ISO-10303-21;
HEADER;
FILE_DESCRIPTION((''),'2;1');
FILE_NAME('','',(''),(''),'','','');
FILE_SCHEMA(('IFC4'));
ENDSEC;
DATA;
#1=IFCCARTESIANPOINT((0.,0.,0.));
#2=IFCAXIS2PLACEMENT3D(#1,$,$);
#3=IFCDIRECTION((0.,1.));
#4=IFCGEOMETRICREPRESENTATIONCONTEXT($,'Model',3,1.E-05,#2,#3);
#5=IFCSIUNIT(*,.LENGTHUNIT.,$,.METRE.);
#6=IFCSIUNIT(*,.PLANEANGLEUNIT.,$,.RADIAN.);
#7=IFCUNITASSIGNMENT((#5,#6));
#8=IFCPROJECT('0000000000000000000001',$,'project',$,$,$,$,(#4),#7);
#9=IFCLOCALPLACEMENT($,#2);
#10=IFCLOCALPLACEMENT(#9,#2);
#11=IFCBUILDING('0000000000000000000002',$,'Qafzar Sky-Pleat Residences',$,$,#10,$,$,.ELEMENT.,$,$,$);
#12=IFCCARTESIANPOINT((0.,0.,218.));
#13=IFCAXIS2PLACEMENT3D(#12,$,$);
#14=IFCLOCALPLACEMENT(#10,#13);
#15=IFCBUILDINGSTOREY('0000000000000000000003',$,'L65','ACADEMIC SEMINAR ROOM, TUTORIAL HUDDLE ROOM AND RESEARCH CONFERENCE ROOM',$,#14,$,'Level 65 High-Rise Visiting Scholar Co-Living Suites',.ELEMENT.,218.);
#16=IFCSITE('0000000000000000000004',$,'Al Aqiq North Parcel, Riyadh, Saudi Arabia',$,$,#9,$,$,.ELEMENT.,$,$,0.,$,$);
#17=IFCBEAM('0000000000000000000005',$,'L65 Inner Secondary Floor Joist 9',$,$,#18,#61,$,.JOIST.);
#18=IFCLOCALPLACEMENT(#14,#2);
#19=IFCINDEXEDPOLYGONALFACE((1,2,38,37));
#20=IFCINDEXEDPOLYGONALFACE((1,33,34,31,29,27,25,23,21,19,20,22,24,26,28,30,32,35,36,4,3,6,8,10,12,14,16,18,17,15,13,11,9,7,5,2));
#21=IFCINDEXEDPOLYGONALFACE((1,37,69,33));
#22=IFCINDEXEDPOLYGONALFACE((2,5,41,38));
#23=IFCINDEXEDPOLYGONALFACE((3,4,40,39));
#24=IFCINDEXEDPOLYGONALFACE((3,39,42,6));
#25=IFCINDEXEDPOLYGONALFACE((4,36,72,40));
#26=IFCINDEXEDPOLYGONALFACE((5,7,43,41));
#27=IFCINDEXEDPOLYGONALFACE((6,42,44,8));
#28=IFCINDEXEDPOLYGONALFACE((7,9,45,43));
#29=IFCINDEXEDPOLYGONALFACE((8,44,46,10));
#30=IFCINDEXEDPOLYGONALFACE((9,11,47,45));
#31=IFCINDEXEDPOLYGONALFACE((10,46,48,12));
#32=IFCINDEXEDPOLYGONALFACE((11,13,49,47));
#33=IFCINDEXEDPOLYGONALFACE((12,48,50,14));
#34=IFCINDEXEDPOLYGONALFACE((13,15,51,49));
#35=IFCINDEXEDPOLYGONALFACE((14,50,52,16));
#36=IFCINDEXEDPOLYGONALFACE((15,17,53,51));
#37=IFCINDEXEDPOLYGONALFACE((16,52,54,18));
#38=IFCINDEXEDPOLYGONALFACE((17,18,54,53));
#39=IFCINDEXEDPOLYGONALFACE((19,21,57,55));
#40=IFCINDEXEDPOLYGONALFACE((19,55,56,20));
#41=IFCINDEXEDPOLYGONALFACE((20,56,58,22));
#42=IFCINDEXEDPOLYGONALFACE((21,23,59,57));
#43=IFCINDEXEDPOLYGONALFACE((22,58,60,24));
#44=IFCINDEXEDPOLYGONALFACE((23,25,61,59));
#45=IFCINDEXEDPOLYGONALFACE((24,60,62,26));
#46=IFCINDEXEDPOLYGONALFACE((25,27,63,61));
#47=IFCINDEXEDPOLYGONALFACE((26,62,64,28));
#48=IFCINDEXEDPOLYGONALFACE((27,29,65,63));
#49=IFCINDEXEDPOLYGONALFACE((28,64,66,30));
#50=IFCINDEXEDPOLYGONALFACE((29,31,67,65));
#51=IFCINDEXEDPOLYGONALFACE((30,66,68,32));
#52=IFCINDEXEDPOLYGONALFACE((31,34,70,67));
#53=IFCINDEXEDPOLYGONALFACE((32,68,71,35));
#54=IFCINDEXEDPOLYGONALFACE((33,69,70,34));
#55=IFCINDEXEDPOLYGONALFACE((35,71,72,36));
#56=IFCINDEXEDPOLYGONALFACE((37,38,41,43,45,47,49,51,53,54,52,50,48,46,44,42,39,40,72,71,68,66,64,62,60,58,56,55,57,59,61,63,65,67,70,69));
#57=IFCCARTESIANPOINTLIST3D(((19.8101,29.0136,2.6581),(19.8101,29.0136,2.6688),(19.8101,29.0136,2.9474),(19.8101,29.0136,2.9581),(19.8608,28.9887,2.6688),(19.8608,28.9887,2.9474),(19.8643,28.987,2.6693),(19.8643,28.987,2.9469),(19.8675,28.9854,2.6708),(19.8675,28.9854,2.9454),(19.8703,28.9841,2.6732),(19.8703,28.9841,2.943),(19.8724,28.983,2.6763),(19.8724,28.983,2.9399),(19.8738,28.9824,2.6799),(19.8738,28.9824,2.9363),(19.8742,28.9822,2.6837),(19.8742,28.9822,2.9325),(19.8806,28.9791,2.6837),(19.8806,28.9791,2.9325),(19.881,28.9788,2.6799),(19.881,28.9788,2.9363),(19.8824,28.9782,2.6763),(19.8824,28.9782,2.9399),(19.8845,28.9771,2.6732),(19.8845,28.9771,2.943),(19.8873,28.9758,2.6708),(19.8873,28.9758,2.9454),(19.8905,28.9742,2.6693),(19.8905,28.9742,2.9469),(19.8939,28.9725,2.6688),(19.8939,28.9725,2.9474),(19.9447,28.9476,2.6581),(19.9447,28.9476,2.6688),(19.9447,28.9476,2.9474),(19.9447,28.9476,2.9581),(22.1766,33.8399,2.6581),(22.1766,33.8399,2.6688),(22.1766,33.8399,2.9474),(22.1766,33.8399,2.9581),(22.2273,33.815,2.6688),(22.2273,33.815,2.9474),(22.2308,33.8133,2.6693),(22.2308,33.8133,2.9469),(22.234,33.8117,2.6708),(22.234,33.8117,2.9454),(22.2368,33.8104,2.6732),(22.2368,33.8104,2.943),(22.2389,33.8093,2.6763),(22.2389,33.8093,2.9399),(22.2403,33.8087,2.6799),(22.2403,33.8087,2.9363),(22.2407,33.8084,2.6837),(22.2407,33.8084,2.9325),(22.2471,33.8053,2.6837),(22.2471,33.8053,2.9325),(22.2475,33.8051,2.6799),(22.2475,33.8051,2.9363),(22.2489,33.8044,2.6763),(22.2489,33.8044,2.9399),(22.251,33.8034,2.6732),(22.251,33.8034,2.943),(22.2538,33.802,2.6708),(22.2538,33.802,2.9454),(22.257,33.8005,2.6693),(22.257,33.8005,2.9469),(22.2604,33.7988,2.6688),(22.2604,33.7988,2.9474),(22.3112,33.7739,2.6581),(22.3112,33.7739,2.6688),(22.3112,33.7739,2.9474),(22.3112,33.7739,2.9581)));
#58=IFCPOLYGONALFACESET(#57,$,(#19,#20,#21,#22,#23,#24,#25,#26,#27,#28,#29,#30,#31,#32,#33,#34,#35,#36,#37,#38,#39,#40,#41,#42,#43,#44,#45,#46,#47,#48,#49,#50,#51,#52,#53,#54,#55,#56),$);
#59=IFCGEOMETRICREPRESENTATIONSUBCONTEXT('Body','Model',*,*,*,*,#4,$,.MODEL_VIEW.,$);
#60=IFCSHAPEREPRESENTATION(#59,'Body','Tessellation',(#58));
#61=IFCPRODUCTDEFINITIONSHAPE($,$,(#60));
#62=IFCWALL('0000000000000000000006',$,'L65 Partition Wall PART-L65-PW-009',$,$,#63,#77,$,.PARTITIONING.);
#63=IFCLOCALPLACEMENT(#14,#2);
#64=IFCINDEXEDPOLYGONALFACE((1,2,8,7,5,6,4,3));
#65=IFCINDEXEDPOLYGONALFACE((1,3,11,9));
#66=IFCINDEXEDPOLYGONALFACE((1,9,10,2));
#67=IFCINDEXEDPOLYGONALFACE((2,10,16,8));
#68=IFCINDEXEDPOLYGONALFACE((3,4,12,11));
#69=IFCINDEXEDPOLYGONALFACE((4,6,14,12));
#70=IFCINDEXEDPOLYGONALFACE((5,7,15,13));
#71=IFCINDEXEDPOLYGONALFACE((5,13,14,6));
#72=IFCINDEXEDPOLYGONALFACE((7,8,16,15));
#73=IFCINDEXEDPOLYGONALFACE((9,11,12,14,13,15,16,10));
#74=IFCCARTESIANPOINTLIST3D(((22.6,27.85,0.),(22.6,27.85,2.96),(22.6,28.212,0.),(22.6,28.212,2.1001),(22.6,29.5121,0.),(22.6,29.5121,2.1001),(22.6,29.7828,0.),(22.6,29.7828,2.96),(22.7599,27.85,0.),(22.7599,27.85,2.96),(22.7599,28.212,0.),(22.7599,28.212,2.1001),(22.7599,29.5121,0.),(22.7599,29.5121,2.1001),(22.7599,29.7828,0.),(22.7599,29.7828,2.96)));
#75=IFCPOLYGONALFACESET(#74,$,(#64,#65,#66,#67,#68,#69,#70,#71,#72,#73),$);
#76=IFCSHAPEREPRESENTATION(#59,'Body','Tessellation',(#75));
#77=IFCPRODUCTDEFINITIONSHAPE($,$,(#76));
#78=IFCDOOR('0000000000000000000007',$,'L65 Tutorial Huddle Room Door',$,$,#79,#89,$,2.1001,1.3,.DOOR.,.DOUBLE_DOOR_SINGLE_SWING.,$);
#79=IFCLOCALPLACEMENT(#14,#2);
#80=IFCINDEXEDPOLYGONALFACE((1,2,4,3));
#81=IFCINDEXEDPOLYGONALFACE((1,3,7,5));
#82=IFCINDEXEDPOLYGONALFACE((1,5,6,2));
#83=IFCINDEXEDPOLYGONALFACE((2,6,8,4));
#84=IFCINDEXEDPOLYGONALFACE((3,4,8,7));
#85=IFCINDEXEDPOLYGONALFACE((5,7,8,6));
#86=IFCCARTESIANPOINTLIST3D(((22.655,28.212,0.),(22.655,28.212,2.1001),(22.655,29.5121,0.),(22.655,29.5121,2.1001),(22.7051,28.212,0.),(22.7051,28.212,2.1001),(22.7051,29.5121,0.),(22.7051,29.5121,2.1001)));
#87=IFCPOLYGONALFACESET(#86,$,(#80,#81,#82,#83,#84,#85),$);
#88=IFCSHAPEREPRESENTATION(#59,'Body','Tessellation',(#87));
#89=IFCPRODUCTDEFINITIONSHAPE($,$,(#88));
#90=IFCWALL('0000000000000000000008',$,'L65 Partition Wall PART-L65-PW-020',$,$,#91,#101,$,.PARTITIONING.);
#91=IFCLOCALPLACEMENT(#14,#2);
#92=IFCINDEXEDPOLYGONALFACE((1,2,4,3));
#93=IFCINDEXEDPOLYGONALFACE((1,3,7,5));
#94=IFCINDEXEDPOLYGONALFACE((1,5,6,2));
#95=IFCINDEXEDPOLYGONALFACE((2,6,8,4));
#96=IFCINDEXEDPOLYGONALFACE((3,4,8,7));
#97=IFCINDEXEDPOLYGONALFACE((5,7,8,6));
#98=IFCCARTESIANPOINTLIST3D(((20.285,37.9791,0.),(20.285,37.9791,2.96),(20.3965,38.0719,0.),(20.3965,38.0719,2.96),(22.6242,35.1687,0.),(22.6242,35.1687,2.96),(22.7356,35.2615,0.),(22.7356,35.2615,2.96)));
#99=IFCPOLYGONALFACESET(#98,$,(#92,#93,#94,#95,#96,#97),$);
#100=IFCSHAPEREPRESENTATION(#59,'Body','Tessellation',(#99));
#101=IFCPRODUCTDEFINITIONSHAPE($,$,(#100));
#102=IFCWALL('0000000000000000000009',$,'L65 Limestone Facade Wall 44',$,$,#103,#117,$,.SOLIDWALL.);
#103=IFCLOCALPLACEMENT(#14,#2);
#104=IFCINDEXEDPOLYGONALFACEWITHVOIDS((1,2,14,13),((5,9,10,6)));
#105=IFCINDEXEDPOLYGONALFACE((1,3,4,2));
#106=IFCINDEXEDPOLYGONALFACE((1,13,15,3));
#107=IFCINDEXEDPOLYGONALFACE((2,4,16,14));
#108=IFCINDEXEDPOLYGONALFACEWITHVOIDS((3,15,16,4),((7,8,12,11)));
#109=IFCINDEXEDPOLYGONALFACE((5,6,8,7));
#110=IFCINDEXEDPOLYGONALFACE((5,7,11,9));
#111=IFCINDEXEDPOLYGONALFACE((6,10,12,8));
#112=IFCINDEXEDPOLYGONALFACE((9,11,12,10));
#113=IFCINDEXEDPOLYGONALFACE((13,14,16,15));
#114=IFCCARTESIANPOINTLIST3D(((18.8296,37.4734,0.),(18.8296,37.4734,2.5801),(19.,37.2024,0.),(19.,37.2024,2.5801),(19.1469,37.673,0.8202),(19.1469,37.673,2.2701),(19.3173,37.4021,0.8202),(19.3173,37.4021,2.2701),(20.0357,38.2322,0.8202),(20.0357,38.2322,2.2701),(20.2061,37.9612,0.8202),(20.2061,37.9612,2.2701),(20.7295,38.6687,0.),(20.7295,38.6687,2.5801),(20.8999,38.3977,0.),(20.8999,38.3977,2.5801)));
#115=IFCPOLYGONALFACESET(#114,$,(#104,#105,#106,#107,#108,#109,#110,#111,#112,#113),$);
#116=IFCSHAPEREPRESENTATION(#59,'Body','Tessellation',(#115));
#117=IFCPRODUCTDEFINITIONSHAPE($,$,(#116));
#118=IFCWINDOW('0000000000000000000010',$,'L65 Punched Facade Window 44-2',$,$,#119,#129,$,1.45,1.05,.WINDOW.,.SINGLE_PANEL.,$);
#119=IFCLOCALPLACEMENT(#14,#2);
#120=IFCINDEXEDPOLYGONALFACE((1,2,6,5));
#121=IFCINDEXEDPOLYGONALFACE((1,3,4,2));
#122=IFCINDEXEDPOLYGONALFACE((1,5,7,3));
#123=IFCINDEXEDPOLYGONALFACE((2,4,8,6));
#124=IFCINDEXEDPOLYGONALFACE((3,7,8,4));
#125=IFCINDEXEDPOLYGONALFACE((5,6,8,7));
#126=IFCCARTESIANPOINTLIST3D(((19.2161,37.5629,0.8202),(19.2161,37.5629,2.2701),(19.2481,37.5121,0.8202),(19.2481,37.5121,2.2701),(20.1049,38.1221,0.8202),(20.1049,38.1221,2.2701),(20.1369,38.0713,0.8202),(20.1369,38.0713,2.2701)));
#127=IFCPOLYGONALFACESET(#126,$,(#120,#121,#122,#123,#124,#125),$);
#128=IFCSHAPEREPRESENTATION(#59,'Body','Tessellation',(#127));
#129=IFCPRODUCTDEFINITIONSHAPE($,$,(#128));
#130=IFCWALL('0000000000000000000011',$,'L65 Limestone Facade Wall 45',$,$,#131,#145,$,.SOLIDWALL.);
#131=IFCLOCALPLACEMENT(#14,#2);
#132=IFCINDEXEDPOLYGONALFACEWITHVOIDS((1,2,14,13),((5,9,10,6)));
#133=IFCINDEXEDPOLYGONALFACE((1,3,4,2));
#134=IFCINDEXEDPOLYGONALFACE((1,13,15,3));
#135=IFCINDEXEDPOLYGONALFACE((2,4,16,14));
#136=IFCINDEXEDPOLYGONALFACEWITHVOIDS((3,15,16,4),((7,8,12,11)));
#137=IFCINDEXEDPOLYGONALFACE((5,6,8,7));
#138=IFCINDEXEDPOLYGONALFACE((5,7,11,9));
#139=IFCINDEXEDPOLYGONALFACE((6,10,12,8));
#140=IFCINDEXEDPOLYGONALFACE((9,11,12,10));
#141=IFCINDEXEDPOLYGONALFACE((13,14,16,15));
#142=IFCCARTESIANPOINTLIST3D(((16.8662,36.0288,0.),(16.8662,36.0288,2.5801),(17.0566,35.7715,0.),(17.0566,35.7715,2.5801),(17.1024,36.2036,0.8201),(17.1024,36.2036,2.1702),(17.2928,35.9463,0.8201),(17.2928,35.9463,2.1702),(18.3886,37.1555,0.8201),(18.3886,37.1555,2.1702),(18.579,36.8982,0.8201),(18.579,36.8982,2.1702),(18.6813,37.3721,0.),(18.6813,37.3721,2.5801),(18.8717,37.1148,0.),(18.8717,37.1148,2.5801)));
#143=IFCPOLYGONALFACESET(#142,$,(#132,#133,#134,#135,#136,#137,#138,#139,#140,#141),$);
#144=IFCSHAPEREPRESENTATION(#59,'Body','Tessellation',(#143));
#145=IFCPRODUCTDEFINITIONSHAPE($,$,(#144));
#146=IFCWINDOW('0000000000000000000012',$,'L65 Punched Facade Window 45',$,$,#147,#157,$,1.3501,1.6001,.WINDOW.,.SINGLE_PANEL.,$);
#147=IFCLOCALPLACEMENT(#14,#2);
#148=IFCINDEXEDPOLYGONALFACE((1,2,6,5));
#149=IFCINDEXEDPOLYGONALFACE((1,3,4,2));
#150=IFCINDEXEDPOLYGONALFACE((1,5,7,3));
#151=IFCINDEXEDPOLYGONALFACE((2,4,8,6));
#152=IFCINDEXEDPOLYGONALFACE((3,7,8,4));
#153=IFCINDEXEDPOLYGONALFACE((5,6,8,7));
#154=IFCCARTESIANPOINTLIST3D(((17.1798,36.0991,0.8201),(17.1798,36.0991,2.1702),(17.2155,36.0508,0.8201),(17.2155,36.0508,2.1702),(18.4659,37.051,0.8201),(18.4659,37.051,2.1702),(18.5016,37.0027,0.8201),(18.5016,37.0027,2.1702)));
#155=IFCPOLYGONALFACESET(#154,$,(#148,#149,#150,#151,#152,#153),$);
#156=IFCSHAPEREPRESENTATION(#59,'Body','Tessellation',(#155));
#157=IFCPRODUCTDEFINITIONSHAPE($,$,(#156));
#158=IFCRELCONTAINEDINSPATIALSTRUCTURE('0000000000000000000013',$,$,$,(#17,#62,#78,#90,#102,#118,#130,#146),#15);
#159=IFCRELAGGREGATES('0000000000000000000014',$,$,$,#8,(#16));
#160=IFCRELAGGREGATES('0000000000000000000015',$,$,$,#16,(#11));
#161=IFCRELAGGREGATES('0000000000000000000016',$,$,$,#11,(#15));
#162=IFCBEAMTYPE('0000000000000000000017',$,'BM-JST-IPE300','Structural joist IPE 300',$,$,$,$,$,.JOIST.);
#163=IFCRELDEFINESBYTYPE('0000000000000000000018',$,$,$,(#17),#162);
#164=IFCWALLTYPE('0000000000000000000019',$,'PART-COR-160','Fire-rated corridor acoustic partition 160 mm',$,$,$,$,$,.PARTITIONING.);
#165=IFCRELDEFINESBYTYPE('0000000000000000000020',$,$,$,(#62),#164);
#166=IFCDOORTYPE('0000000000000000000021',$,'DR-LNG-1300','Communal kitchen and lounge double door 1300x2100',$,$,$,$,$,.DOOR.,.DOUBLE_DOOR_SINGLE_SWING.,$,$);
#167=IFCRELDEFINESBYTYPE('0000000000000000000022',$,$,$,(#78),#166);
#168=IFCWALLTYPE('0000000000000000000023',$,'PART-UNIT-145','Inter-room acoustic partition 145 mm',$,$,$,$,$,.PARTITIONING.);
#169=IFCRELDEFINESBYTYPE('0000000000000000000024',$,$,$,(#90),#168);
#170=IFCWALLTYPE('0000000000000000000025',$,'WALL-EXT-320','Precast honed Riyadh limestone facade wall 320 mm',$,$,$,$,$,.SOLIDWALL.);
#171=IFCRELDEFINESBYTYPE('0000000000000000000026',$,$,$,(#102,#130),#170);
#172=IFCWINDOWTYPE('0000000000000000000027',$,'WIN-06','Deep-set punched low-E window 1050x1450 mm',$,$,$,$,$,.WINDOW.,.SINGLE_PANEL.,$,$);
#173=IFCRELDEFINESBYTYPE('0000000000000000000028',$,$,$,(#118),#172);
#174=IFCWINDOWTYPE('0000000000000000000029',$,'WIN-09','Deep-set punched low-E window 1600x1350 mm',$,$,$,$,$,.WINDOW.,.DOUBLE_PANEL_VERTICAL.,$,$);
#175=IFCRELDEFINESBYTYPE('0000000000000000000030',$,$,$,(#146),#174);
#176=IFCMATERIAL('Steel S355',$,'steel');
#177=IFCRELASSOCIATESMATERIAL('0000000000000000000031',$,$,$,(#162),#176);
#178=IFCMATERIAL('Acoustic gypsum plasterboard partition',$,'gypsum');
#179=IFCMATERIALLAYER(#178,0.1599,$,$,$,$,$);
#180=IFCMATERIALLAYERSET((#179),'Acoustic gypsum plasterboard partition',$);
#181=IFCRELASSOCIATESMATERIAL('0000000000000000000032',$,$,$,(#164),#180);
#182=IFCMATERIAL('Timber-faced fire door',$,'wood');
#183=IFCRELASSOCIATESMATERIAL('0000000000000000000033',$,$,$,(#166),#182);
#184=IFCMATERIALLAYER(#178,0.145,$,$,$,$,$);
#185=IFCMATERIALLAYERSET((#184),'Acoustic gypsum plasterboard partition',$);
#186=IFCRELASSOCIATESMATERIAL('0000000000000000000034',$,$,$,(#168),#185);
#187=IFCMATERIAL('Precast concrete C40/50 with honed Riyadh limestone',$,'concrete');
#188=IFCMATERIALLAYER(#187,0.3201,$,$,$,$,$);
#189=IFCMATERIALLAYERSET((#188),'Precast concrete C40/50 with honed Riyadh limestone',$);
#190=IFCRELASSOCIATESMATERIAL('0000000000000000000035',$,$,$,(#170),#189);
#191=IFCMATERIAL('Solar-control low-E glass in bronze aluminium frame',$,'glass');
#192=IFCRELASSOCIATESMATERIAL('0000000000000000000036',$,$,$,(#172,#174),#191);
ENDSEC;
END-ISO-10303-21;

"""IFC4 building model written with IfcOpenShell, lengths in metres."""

from ifc_helpers import new_model, si_unit, direction, frame, frame_2d, origin, origin_2d, place, context, subcontext, project, spatial, rectangle, i_section, extrude, source, transform, mapped, material, layer, layer_set, material_profile, profile_set, type_object, element, fill, save


model = new_model("IFC4")

# Units and contexts
model_context = context("Model", 3, precision=1e-05, world=origin(), true_north=direction((0.0, 1.0)))
body_context = subcontext(model_context, "Body", "Model", "MODEL_VIEW")
ifc_project = project(units=[si_unit("LENGTHUNIT", "METRE"), si_unit("PLANEANGLEUNIT", "RADIAN")], contexts=[model_context])

# Site, building, storey
site_placement = place(None, origin())
site = spatial("IfcSite", under=ifc_project, at=site_placement, Name="Al Aqiq North Parcel, Riyadh, Saudi Arabia", CompositionType="ELEMENT", RefElevation=0.0)
building_placement = place(site_placement, origin())
building = spatial("IfcBuilding", under=site, at=building_placement, Name="Qafzar Sky-Pleat Residences", CompositionType="ELEMENT")
storey_placement = place(building_placement, frame((0.0, 0.0, 218.0)))
storey = spatial("IfcBuildingStorey", under=building, at=storey_placement, Name="L65", Description="ACADEMIC SEMINAR ROOM, TUTORIAL HUDDLE ROOM AND RESEARCH CONFERENCE ROOM", LongName="Level 65 High-Rise Visiting Scholar Co-Living Suites", CompositionType="ELEMENT", Elevation=218.0)

# Beam
ifc_material_1 = material(Name="Steel S355", Category="steel")
ifc_material_profile_1 = material_profile(ifc_material_1, i_section(OverallWidth=0.1499, OverallDepth=0.3, WebThickness=0.0071, FlangeThickness=0.0107, FilletRadius=0.0149, at=origin_2d()), Name="IPE 300")
ifc_profile_set_1 = profile_set([ifc_material_profile_1], Name="Steel S355")
beam_type_1 = type_object("IfcBeamType", Name="BM-JST-IPE300", Description="Structural joist IPE 300", PredefinedType="JOIST", material=ifc_profile_set_1)
shared_shape_1 = source(origin(), body_context, "Body", "SweptSolid", [
    extrude(i_section(OverallWidth=0.1499, OverallDepth=0.3, WebThickness=0.0071, FlangeThickness=0.0107, FilletRadius=0.0149, at=origin_2d()), origin(), (0.0, 0.0, 1.0), 5.3752),
])
beam_1_placement = place(storey_placement, frame((22.2439, 33.8069, 2.8081), z_axis=(-0.44026, -0.89787, 0.0), x_axis=(0.89787, -0.44026, 0.0)))
element("IfcBeam", 1, at=beam_1_placement, inside=storey, type_object=beam_type_1, Name="L65 Inner Secondary Floor Joist 9", PredefinedType="JOIST", context=body_context, shape_type="MappedRepresentation", body=[
    mapped(shared_shape_1, transform((0.0, 0.0, 0.0), x_axis=(1.0, 0.0, 0.0), y_axis=(0.0, 1.0, 0.0), z_axis=(0.0, 0.0, 1.0), scale=1.0)),
])

# Wall, opening, door
ifc_material_2 = material(Name="Acoustic gypsum plasterboard partition", Category="gypsum")
ifc_layer_1 = layer(ifc_material_2, 0.1599)
ifc_layer_set_1 = layer_set([ifc_layer_1], Name="Acoustic gypsum plasterboard partition")
wall_type_1 = type_object("IfcWallType", Name="PART-COR-160", Description="Fire-rated corridor acoustic partition 160 mm", PredefinedType="PARTITIONING", material=ifc_layer_set_1)
wall_1_placement = place(storey_placement, frame((22.6799, 27.8501, 0.0), z_axis=(0.0, 0.0, 1.0), x_axis=(0.0, 1.0, 0.0)))
wall_1 = element("IfcWall", 2, at=wall_1_placement, inside=storey, type_object=wall_type_1, Name="L65 Partition Wall PART-L65-PW-009", PredefinedType="PARTITIONING", context=body_context, shape_type="SweptSolid", body=[
    extrude(rectangle(XDim=1.9329, YDim=0.1599, at=frame_2d((0.9663, 0.0))), origin(), (0.0, 0.0, 1.0), 2.96),
])
opening_1_placement = place(wall_1_placement, frame((0.3621, 0.0, 0.0)))
opening_1 = element("IfcOpeningElement", 3, at=opening_1_placement, cuts=wall_1, PredefinedType="OPENING", context=body_context, shape_type="SweptSolid", body=[
    extrude(rectangle(XDim=1.3, YDim=2.1001, at=frame_2d((0.6499, 1.05))), frame((0.0, 0.0898, 0.0), z_axis=(0.0, -1.0, 0.0), x_axis=(1.0, 0.0, 0.0)), (0.0, 0.0, 1.0), 0.1799),
])
ifc_material_3 = material(Name="Timber-faced fire door", Category="wood")
door_type = type_object("IfcDoorType", Name="DR-LNG-1300", Description="Communal kitchen and lounge double door 1300x2100", OperationType="DOUBLE_DOOR_SINGLE_SWING", PredefinedType="DOOR", material=ifc_material_3)
shared_shape_2 = source(origin(), body_context, "Body", "SweptSolid", [
    extrude(rectangle(XDim=1.3, YDim=2.1001, at=frame_2d((0.6499, 1.05))), frame((0.0, 0.0249, 0.0), z_axis=(0.0, -1.0, 0.0), x_axis=(1.0, 0.0, 0.0)), (0.0, 0.0, 1.0), 0.05),
])
door_placement = place(opening_1_placement, origin())
door = element("IfcDoor", 4, at=door_placement, inside=storey, type_object=door_type, Name="L65 Tutorial Huddle Room Door", OperationType="DOUBLE_DOOR_SINGLE_SWING", OverallHeight=2.1001, OverallWidth=1.3, PredefinedType="DOOR", context=body_context, shape_type="MappedRepresentation", body=[
    mapped(shared_shape_2, transform((0.0, 0.0, 0.0), x_axis=(1.0, 0.0, 0.0), y_axis=(0.0, 1.0, 0.0), z_axis=(0.0, 0.0, 1.0), scale=1.0)),
])
fill(opening_1, door)

# Wall
ifc_layer_2 = layer(ifc_material_2, 0.145)
ifc_layer_set_2 = layer_set([ifc_layer_2], Name="Acoustic gypsum plasterboard partition")
wall_type_2 = type_object("IfcWallType", Name="PART-UNIT-145", Description="Inter-room acoustic partition 145 mm", PredefinedType="PARTITIONING", material=ifc_layer_set_2)
wall_2_placement = place(storey_placement, frame((20.3408, 38.0254, 0.0), z_axis=(0.0, 0.0, 1.0), x_axis=(0.639731, -0.768599, 0.0)))
element("IfcWall", 5, at=wall_2_placement, inside=storey, type_object=wall_type_2, Name="L65 Partition Wall PART-L65-PW-020", PredefinedType="PARTITIONING", context=body_context, shape_type="SweptSolid", body=[
    extrude(rectangle(XDim=3.6565, YDim=0.145, at=frame_2d((1.8281, 0.0))), origin(), (0.0, 0.0, 1.0), 2.96),
])

# Walls, openings, windows
ifc_material_4 = material(Name="Precast concrete C40/50 with honed Riyadh limestone", Category="concrete")
ifc_layer_3 = layer(ifc_material_4, 0.3201)
ifc_layer_set_3 = layer_set([ifc_layer_3], Name="Precast concrete C40/50 with honed Riyadh limestone")
wall_type_3 = type_object("IfcWallType", Name="WALL-EXT-320", Description="Precast honed Riyadh limestone facade wall 320 mm", PredefinedType="SOLIDWALL", material=ifc_layer_set_3)
wall_3_placement = place(storey_placement, frame((20.8147, 38.5332, 0.0), z_axis=(0.0, 0.0, 1.0), x_axis=(-0.846418, -0.532519, 0.0)))
wall_3 = element("IfcWall", 6, at=wall_3_placement, inside=storey, type_object=wall_type_3, Name="L65 Limestone Facade Wall 44", PredefinedType="SOLIDWALL", context=body_context, shape_type="SweptSolid", body=[
    extrude(rectangle(XDim=2.2446, YDim=0.3201, at=frame_2d((1.1223, 0.0))), origin(), (0.0, 0.0, 1.0), 2.5801),
])
opening_2_placement = place(wall_3_placement, frame((0.8198, 0.0, 0.8201)))
opening_2 = element("IfcOpeningElement", 7, at=opening_2_placement, cuts=wall_3, PredefinedType="OPENING", context=body_context, shape_type="SweptSolid", body=[
    extrude(rectangle(XDim=1.05, YDim=1.45, at=frame_2d((0.5249, 0.7251))), frame((0.0, 0.1699, 0.0), z_axis=(0.0, -1.0, 0.0), x_axis=(1.0, 0.0, 0.0)), (0.0, 0.0, 1.0), 0.3401),
])
ifc_material_5 = material(Name="Solar-control low-E glass in bronze aluminium frame", Category="glass")
window_type_1 = type_object("IfcWindowType", Name="WIN-06", Description="Deep-set punched low-E window 1050x1450 mm", PartitioningType="SINGLE_PANEL", PredefinedType="WINDOW", material=ifc_material_5)
shared_shape_3 = source(origin(), body_context, "Body", "SweptSolid", [
    extrude(rectangle(XDim=1.05, YDim=1.45, at=frame_2d((0.5249, 0.7251))), frame((0.0, 0.03, 0.0), z_axis=(0.0, -1.0, 0.0), x_axis=(1.0, 0.0, 0.0)), (0.0, 0.0, 1.0), 0.0601),
])
window_1_placement = place(opening_2_placement, origin())
window_1 = element("IfcWindow", 8, at=window_1_placement, inside=storey, type_object=window_type_1, Name="L65 Punched Facade Window 44-2", OverallHeight=1.45, OverallWidth=1.05, PartitioningType="SINGLE_PANEL", PredefinedType="WINDOW", context=body_context, shape_type="MappedRepresentation", body=[
    mapped(shared_shape_3, transform((0.0, 0.0, 0.0), x_axis=(1.0, 0.0, 0.0), y_axis=(0.0, 1.0, 0.0), z_axis=(0.0, 0.0, 1.0), scale=1.0)),
])
fill(opening_2, window_1)
wall_4_placement = place(storey_placement, frame((18.7764, 37.2434, 0.0), z_axis=(0.0, 0.0, 1.0), x_axis=(-0.803798, -0.594902, 0.0)))
wall_4 = element("IfcWall", 9, at=wall_4_placement, inside=storey, type_object=wall_type_3, Name="L65 Limestone Facade Wall 45", PredefinedType="SOLIDWALL", context=body_context, shape_type="SweptSolid", body=[
    extrude(rectangle(XDim=2.2581, YDim=0.3201, at=frame_2d((1.1289, 0.0))), origin(), (0.0, 0.0, 1.0), 2.5801),
])
opening_3_placement = place(wall_4_placement, frame((0.364, 0.0, 0.8201)))
opening_3 = element("IfcOpeningElement", 10, at=opening_3_placement, cuts=wall_4, PredefinedType="OPENING", context=body_context, shape_type="SweptSolid", body=[
    extrude(rectangle(XDim=1.6001, YDim=1.3501, at=frame_2d((0.8, 0.675))), frame((0.0, 0.1699, 0.0), z_axis=(0.0, -1.0, 0.0), x_axis=(1.0, 0.0, 0.0)), (0.0, 0.0, 1.0), 0.3401),
])
window_type_2 = type_object("IfcWindowType", Name="WIN-09", Description="Deep-set punched low-E window 1600x1350 mm", PartitioningType="DOUBLE_PANEL_VERTICAL", PredefinedType="WINDOW", material=ifc_material_5)
shared_shape_4 = source(origin(), body_context, "Body", "SweptSolid", [
    extrude(rectangle(XDim=1.6001, YDim=1.3501, at=frame_2d((0.8, 0.675))), frame((0.0, 0.03, 0.0), z_axis=(0.0, -1.0, 0.0), x_axis=(1.0, 0.0, 0.0)), (0.0, 0.0, 1.0), 0.0601),
])
window_2_placement = place(opening_3_placement, origin())
window_2 = element("IfcWindow", 11, at=window_2_placement, inside=storey, type_object=window_type_2, Name="L65 Punched Facade Window 45", OverallHeight=1.3501, OverallWidth=1.6001, PartitioningType="SINGLE_PANEL", PredefinedType="WINDOW", context=body_context, shape_type="MappedRepresentation", body=[
    mapped(shared_shape_4, transform((0.0, 0.0, 0.0), x_axis=(1.0, 0.0, 0.0), y_axis=(0.0, 1.0, 0.0), z_axis=(0.0, 0.0, 1.0), scale=1.0)),
])
fill(opening_3, window_2)

save(model, "model.ifc")
